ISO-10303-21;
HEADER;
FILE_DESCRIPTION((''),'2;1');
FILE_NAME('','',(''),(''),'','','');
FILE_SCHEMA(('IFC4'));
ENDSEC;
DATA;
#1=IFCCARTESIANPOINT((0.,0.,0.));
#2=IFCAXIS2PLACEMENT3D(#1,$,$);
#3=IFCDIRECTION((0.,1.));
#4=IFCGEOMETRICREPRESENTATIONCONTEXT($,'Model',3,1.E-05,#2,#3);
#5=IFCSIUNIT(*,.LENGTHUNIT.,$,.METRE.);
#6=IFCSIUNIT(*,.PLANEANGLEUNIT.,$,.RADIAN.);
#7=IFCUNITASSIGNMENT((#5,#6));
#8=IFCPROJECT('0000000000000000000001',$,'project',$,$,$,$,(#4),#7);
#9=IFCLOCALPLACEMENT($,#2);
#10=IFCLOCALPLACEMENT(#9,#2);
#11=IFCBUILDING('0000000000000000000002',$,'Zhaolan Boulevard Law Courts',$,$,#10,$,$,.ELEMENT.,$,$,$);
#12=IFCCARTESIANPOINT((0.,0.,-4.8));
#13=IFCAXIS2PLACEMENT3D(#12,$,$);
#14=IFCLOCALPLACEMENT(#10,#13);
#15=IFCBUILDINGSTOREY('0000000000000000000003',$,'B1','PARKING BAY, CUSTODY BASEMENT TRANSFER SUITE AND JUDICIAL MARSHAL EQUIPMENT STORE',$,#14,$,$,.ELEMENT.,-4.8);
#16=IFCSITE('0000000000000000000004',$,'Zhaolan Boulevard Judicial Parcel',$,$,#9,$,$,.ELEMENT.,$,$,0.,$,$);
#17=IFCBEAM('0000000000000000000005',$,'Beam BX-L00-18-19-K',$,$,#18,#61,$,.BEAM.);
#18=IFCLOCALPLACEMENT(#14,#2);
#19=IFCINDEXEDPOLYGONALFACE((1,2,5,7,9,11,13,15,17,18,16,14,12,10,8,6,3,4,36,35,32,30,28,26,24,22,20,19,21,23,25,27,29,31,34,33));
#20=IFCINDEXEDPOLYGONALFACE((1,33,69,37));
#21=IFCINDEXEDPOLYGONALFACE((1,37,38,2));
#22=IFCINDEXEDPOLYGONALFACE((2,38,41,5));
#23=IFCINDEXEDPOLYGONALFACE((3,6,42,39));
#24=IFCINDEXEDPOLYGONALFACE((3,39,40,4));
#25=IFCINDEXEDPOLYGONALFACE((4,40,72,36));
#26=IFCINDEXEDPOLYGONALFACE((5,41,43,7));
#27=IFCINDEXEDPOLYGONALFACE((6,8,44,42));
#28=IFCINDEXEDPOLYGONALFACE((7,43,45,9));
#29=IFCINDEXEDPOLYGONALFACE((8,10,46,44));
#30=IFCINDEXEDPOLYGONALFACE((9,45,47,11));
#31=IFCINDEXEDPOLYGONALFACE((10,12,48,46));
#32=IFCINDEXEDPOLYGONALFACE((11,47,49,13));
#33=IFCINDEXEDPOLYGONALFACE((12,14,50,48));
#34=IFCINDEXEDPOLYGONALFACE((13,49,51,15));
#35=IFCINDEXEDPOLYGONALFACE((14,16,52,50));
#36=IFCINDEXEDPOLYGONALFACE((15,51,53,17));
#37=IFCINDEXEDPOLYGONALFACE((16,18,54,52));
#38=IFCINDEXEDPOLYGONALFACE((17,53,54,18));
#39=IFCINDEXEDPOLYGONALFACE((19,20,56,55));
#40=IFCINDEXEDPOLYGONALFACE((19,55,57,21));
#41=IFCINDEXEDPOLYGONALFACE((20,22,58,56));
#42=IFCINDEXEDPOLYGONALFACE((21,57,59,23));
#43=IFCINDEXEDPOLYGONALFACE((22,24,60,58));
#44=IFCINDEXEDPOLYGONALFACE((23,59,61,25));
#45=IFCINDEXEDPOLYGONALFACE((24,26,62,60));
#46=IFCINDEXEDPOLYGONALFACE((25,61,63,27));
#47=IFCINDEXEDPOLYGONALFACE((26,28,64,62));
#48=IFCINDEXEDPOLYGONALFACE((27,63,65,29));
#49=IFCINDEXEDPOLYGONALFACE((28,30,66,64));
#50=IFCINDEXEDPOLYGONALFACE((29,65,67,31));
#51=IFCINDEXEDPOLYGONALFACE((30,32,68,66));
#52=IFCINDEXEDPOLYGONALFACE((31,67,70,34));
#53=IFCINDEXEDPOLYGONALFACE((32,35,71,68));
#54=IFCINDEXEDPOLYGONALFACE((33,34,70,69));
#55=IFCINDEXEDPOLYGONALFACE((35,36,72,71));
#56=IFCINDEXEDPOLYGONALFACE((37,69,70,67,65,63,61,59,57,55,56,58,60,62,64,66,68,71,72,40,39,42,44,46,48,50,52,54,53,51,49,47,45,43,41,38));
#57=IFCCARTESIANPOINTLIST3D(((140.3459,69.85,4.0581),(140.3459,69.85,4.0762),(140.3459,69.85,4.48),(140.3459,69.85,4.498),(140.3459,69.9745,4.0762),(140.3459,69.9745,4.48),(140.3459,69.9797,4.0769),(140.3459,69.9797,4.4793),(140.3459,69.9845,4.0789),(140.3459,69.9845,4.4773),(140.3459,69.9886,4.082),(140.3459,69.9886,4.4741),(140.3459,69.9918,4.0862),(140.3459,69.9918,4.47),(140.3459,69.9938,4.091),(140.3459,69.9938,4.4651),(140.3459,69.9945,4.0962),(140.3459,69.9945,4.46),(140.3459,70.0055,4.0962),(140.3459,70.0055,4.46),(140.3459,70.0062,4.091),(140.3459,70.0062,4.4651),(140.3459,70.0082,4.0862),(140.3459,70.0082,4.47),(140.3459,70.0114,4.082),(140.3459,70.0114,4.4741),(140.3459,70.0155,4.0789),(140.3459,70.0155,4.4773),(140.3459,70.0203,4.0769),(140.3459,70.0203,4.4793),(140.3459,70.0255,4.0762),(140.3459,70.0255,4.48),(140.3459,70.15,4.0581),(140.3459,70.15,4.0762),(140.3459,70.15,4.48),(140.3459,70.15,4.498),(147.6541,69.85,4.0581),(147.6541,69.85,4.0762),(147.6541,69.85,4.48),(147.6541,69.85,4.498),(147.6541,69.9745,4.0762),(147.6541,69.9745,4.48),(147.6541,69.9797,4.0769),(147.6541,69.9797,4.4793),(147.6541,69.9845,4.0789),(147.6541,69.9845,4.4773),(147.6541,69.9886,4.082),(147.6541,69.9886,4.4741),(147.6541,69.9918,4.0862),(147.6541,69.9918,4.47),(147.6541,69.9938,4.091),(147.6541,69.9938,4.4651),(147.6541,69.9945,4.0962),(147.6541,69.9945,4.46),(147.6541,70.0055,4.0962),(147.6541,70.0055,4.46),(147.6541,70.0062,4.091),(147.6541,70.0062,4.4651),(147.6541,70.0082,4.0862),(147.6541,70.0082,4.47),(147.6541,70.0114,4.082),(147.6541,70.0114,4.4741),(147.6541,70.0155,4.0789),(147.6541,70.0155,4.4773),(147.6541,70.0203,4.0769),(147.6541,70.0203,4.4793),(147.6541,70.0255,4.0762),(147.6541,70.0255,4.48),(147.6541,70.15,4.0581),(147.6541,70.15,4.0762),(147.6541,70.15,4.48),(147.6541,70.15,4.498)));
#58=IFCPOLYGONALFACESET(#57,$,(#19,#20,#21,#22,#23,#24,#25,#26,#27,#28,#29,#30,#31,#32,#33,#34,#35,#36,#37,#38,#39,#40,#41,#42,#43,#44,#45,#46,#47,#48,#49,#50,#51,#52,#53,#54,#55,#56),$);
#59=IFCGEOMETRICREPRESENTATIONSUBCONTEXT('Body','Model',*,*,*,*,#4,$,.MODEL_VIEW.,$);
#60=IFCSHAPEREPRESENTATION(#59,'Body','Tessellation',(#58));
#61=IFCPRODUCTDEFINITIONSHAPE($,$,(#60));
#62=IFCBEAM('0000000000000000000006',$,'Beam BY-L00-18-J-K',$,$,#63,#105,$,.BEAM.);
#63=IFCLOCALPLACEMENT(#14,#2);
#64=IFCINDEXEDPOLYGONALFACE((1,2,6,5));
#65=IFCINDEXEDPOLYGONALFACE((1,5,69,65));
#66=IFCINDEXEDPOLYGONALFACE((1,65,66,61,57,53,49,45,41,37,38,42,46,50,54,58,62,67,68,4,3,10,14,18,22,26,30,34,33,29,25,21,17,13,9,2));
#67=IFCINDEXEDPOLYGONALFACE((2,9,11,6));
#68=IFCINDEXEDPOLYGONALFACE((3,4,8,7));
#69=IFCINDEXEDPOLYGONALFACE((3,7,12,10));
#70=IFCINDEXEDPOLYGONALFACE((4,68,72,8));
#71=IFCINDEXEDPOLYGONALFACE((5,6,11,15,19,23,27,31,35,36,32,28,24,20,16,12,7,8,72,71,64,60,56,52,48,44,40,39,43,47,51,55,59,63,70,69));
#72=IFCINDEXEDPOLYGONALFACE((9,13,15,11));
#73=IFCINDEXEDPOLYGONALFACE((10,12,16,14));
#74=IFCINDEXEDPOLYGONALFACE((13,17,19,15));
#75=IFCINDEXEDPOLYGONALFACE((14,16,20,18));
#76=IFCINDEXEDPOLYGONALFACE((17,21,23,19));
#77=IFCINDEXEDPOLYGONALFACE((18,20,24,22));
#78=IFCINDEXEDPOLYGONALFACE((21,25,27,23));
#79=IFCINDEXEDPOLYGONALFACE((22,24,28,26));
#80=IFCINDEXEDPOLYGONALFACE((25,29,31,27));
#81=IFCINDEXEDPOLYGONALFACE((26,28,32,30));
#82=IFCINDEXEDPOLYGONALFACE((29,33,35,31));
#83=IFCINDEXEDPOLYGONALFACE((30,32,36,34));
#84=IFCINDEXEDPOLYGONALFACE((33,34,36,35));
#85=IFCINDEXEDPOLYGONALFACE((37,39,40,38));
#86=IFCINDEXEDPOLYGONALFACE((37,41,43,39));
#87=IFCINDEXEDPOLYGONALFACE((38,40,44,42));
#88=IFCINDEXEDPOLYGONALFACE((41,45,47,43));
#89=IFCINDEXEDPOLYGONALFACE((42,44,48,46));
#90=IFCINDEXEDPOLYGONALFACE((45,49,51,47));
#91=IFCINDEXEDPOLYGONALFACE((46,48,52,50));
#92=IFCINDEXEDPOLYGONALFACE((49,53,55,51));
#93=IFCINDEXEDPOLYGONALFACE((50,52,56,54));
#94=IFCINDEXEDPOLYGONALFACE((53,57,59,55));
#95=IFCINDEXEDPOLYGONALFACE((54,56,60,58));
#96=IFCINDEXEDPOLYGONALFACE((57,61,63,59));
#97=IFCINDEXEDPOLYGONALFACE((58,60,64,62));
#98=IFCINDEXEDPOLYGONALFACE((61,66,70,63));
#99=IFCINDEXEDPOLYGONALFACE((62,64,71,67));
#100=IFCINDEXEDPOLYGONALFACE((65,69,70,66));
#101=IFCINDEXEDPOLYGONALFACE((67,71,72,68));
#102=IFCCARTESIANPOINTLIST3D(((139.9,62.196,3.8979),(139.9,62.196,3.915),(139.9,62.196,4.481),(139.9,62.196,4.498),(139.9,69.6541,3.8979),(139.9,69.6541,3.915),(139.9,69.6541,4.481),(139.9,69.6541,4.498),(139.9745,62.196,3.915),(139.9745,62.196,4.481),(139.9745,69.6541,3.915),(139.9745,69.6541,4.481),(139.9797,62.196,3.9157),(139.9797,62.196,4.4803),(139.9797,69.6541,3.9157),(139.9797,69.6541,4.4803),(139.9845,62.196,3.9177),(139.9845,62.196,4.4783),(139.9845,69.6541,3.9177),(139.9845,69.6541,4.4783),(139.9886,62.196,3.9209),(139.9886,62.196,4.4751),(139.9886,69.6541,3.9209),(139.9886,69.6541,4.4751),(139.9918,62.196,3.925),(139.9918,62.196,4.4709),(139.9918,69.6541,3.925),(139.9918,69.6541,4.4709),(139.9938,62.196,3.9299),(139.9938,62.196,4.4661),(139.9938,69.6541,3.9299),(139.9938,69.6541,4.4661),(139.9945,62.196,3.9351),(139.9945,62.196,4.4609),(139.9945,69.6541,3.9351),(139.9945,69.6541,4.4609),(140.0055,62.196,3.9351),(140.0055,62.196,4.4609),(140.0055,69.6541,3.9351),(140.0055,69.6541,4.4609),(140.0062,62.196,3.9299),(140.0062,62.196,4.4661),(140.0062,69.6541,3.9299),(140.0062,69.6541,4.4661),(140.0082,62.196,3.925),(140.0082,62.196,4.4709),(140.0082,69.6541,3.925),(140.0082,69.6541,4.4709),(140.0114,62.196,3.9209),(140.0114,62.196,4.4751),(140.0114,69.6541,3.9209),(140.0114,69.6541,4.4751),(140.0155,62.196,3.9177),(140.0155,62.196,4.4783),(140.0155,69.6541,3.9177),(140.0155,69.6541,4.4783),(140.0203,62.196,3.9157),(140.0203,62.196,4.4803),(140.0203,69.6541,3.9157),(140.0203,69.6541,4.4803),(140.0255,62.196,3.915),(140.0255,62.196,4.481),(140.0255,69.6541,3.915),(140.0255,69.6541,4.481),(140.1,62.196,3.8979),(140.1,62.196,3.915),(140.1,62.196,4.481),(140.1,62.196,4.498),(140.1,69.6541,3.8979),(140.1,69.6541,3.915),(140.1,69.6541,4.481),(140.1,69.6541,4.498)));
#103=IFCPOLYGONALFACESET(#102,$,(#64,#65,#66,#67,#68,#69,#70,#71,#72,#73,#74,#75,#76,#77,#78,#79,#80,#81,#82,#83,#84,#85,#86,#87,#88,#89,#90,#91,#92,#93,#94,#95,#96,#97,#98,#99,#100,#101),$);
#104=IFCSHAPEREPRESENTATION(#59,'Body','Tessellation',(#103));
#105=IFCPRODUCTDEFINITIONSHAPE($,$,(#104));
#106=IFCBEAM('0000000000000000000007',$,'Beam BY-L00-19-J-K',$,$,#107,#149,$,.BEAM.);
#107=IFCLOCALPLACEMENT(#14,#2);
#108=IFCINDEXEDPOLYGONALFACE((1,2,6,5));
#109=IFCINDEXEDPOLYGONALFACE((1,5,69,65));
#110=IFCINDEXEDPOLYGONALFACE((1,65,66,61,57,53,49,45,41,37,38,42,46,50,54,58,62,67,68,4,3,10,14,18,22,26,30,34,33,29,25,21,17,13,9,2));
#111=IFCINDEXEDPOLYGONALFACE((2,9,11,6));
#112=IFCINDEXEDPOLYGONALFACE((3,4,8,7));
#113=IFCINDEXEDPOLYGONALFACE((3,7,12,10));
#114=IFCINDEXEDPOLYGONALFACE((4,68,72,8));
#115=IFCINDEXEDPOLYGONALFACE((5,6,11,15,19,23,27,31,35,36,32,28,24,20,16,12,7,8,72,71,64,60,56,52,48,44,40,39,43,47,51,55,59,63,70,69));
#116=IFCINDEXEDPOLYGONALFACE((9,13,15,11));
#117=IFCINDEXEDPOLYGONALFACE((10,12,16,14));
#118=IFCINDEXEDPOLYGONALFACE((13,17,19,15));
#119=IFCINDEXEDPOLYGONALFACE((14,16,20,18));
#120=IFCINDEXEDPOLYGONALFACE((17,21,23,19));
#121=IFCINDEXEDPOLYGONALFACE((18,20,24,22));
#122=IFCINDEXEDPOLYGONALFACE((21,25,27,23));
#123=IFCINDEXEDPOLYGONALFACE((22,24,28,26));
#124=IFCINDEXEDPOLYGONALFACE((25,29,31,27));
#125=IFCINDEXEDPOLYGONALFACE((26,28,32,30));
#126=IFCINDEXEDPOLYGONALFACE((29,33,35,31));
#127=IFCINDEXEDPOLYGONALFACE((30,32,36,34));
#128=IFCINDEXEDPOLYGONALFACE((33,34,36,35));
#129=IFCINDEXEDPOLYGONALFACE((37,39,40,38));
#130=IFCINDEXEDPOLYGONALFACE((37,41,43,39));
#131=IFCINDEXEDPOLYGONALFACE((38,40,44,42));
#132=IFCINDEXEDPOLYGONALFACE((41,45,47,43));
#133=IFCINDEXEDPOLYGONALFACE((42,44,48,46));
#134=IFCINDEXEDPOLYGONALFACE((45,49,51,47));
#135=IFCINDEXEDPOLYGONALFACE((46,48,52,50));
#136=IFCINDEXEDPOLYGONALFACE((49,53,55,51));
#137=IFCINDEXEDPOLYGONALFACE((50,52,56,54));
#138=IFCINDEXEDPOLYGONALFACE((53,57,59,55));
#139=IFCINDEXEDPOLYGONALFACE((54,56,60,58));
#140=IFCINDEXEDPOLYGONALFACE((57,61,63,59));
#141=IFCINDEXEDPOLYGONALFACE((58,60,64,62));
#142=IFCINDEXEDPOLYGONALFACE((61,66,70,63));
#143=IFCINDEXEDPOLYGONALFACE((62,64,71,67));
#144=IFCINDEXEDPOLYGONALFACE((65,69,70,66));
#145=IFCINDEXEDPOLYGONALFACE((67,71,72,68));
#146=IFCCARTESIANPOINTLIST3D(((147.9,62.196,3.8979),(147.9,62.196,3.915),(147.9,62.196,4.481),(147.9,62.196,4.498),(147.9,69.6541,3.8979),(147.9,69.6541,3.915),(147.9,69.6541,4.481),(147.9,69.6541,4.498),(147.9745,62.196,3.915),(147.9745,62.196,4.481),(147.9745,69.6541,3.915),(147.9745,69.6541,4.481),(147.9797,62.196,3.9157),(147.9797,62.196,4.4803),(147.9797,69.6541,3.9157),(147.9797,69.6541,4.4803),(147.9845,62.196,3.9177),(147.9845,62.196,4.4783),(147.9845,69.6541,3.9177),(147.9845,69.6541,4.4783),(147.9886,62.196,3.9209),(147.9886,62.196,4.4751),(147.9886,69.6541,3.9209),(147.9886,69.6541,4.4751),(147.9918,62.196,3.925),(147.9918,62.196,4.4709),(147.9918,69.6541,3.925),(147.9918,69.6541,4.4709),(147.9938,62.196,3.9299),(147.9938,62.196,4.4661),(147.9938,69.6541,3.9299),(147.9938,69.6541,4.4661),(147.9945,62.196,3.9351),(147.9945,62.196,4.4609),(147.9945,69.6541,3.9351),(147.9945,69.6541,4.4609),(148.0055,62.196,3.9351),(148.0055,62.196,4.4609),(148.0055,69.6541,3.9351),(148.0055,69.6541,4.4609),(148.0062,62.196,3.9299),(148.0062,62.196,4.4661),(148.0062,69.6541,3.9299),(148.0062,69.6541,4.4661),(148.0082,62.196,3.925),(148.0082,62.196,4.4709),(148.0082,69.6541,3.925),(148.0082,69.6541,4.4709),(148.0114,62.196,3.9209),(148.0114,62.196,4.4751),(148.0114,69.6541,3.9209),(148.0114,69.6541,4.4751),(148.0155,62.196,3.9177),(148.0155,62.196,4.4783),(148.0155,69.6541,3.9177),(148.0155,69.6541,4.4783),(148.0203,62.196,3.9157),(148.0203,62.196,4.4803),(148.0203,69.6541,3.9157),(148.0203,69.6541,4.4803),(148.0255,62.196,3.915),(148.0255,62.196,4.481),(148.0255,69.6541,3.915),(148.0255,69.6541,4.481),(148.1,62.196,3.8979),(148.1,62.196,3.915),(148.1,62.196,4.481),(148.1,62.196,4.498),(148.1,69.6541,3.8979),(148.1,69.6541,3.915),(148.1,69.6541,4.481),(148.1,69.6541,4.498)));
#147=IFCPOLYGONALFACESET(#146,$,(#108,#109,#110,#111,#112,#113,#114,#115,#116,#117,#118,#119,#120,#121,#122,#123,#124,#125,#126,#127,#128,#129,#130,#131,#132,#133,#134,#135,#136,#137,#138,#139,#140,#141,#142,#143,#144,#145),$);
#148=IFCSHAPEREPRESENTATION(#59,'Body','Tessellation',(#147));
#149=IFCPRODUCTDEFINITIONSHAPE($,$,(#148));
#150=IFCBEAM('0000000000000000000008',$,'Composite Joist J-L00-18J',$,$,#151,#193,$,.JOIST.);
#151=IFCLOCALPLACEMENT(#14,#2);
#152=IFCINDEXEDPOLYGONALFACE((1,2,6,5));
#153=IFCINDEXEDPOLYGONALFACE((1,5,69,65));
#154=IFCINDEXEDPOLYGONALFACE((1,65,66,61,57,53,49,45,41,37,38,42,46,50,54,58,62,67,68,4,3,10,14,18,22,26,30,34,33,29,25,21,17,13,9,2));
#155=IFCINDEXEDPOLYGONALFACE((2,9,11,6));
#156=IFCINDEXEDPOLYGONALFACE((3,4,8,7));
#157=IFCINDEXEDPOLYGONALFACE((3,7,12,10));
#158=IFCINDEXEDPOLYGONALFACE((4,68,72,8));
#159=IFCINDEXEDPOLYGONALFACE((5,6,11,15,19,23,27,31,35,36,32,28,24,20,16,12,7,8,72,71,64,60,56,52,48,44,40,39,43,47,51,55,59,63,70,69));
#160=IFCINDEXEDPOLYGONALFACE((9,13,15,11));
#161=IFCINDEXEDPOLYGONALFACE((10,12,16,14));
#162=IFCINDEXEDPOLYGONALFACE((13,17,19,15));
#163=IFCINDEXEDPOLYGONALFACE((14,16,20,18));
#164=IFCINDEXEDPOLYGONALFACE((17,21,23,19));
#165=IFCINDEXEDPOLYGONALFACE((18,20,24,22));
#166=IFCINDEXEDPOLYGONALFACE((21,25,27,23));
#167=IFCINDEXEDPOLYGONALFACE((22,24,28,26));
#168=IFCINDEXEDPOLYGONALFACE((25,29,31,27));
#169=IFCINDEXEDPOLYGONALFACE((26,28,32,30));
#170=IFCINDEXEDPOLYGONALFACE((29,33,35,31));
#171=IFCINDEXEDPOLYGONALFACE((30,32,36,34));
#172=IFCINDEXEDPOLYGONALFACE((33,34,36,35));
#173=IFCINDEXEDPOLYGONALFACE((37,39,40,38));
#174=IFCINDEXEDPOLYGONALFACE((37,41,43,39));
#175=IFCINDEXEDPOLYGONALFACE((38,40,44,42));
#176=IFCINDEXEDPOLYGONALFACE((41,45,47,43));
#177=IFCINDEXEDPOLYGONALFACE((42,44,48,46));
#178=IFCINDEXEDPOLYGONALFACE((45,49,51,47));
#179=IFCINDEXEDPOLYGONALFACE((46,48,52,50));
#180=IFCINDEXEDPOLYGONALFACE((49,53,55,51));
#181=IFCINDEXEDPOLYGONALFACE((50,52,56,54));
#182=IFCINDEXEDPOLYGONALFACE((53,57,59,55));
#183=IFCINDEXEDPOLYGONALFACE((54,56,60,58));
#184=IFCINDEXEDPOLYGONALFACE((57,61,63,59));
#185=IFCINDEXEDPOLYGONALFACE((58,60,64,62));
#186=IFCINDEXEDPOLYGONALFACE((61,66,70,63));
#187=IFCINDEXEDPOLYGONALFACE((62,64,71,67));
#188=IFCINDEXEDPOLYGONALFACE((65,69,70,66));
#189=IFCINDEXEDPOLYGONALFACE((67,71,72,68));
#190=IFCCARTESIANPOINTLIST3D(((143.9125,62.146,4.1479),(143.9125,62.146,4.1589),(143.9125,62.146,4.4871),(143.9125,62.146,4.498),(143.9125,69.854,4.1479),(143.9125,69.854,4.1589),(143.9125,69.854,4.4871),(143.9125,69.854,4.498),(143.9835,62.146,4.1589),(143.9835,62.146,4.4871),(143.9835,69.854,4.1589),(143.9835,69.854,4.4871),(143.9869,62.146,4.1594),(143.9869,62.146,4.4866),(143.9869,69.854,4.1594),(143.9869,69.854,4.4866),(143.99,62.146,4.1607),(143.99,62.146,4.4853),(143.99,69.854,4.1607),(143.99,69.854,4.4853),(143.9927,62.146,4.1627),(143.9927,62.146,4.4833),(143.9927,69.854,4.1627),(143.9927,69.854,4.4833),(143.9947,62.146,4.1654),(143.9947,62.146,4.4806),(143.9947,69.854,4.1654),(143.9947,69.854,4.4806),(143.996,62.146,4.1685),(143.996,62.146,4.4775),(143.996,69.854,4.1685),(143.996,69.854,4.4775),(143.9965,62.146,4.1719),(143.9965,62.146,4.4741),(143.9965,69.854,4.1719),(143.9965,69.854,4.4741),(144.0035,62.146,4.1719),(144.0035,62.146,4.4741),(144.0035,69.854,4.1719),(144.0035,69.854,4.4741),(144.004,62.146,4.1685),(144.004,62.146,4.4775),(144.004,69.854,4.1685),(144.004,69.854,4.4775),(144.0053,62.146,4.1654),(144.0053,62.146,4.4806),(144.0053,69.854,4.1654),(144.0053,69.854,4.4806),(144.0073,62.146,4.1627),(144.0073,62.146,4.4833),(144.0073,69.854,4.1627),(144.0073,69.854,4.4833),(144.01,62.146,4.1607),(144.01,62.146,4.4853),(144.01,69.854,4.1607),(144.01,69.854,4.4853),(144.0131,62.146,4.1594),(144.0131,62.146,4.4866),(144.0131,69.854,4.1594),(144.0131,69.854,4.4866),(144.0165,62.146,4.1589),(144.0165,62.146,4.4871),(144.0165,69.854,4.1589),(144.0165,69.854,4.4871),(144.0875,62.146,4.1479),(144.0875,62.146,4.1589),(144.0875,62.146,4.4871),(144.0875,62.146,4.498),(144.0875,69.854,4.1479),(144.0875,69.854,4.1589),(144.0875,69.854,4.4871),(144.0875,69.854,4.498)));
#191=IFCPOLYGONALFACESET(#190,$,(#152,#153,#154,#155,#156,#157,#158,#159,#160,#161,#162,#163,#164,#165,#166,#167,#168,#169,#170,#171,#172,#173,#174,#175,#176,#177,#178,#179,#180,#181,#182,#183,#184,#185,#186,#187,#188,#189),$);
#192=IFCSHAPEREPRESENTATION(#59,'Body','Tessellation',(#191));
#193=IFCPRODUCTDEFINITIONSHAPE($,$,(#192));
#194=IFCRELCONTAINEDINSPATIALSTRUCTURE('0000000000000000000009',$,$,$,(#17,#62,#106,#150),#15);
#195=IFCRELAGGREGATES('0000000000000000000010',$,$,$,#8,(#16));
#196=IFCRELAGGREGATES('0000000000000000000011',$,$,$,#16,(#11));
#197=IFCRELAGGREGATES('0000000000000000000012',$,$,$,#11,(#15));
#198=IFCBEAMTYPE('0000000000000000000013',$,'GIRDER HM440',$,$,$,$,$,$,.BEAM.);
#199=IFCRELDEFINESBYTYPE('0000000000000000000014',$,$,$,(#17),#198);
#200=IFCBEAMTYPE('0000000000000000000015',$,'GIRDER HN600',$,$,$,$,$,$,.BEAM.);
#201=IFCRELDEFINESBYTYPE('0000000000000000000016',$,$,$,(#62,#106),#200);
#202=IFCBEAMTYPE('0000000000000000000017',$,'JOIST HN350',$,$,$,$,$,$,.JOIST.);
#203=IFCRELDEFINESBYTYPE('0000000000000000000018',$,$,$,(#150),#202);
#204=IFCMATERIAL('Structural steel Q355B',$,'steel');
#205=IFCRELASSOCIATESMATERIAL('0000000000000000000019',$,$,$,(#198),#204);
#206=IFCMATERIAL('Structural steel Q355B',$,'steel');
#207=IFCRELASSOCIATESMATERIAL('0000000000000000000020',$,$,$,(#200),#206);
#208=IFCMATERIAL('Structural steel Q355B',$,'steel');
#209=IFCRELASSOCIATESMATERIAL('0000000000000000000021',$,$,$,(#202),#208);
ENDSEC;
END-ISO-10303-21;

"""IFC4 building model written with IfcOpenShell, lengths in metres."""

from ifc_helpers import new_model, si_unit, direction, frame, origin, origin_2d, place, context, subcontext, project, spatial, i_section, extrude, material, material_profile, profile_set, type_object, element, save


model = new_model("IFC4")

# Units and contexts
model_context = context("Model", 3, precision=1e-05, world=origin(), true_north=direction((0.0, 1.0)))
body_context = subcontext(model_context, "Body", "Model", "MODEL_VIEW")
ifc_project = project(units=[si_unit("LENGTHUNIT", "METRE"), si_unit("PLANEANGLEUNIT", "RADIAN")], contexts=[model_context])

# Site, building, storey
site_placement = place(None, origin())
site = spatial("IfcSite", under=ifc_project, at=site_placement, Name="Zhaolan Boulevard Judicial Parcel", CompositionType="ELEMENT", RefElevation=0.0)
building_placement = place(site_placement, origin())
building = spatial("IfcBuilding", under=site, at=building_placement, Name="Zhaolan Boulevard Law Courts", CompositionType="ELEMENT")
storey_placement = place(building_placement, frame((0.0, 0.0, -4.8)))
storey = spatial("IfcBuildingStorey", under=building, at=storey_placement, Name="B1", Description="PARKING BAY, CUSTODY BASEMENT TRANSFER SUITE AND JUDICIAL MARSHAL EQUIPMENT STORE", CompositionType="ELEMENT", Elevation=-4.8)

# Beams
ifc_material_1 = material(Name="Structural steel Q355B", Category="steel")
ifc_material_profile_1 = material_profile(ifc_material_1, i_section(OverallWidth=0.3, OverallDepth=0.4399, WebThickness=0.011, FlangeThickness=0.0181, FilletRadius=0.02, at=origin_2d()), Name="HM440x300")
ifc_profile_set_1 = profile_set([ifc_material_profile_1], Name="Structural steel Q355B")
beam_type_1 = type_object("IfcBeamType", Name="GIRDER HM440", PredefinedType="BEAM", material=ifc_profile_set_1)
beam_1_placement = place(storey_placement, frame((140.3459, 70.0, 4.2781), z_axis=(1.0, 0.0, 0.0), x_axis=(0.0, 1.0, 0.0)))
element("IfcBeam", 1, at=beam_1_placement, inside=storey, type_object=beam_type_1, Name="Beam BX-L00-18-19-K", PredefinedType="BEAM", context=body_context, shape_type="SweptSolid", body=[
    extrude(i_section(OverallWidth=0.3, OverallDepth=0.4399, WebThickness=0.011, FlangeThickness=0.0181, FilletRadius=0.02, at=origin_2d()), origin(), (0.0, 0.0, 1.0), 7.3081),
])
ifc_material_2 = material(Name="Structural steel Q355B", Category="steel")
ifc_material_profile_2 = material_profile(ifc_material_2, i_section(OverallWidth=0.2, OverallDepth=0.6001, WebThickness=0.011, FlangeThickness=0.0171, FilletRadius=0.02, at=origin_2d()), Name="HN600x200")
ifc_profile_set_2 = profile_set([ifc_material_profile_2], Name="Structural steel Q355B")
beam_type_2 = type_object("IfcBeamType", Name="GIRDER HN600", PredefinedType="BEAM", material=ifc_profile_set_2)
for number, where, z_axis, x_axis, name in (
    (2, (140.0, 62.196, 4.198), (0.0, 1.0, 0.0), (-1.0, 0.0, 0.0), "Beam BY-L00-18-J-K"),
    (3, (148.0, 62.196, 4.198), (0.0, 1.0, 0.0), (-1.0, 0.0, 0.0), "Beam BY-L00-19-J-K"),
):
    element("IfcBeam", number, at=place(storey_placement, frame(where, z_axis=z_axis, x_axis=x_axis)), inside=storey, type_object=beam_type_2, Name=name, PredefinedType="BEAM", context=body_context, shape_type="SweptSolid", body=[
        extrude(i_section(OverallWidth=0.2, OverallDepth=0.6001, WebThickness=0.011, FlangeThickness=0.0171, FilletRadius=0.02, at=origin_2d()), origin(), (0.0, 0.0, 1.0), 7.458),
    ])
ifc_material_3 = material(Name="Structural steel Q355B", Category="steel")
ifc_material_profile_3 = material_profile(ifc_material_3, i_section(OverallWidth=0.175, OverallDepth=0.3501, WebThickness=0.0071, FlangeThickness=0.011, FilletRadius=0.0129, at=origin_2d()), Name="HN350x175")
ifc_profile_set_3 = profile_set([ifc_material_profile_3], Name="Structural steel Q355B")
beam_type_3 = type_object("IfcBeamType", Name="JOIST HN350", PredefinedType="JOIST", material=ifc_profile_set_3)
beam_2_placement = place(storey_placement, frame((144.0, 62.146, 4.323), z_axis=(0.0, 1.0, 0.0), x_axis=(-1.0, 0.0, 0.0)))
element("IfcBeam", 4, at=beam_2_placement, inside=storey, type_object=beam_type_3, Name="Composite Joist J-L00-18J", PredefinedType="JOIST", context=body_context, shape_type="SweptSolid", body=[
    extrude(i_section(OverallWidth=0.175, OverallDepth=0.3501, WebThickness=0.0071, FlangeThickness=0.011, FilletRadius=0.0129, at=origin_2d()), origin(), (0.0, 0.0, 1.0), 7.708),
])

save(model, "model.ifc")
